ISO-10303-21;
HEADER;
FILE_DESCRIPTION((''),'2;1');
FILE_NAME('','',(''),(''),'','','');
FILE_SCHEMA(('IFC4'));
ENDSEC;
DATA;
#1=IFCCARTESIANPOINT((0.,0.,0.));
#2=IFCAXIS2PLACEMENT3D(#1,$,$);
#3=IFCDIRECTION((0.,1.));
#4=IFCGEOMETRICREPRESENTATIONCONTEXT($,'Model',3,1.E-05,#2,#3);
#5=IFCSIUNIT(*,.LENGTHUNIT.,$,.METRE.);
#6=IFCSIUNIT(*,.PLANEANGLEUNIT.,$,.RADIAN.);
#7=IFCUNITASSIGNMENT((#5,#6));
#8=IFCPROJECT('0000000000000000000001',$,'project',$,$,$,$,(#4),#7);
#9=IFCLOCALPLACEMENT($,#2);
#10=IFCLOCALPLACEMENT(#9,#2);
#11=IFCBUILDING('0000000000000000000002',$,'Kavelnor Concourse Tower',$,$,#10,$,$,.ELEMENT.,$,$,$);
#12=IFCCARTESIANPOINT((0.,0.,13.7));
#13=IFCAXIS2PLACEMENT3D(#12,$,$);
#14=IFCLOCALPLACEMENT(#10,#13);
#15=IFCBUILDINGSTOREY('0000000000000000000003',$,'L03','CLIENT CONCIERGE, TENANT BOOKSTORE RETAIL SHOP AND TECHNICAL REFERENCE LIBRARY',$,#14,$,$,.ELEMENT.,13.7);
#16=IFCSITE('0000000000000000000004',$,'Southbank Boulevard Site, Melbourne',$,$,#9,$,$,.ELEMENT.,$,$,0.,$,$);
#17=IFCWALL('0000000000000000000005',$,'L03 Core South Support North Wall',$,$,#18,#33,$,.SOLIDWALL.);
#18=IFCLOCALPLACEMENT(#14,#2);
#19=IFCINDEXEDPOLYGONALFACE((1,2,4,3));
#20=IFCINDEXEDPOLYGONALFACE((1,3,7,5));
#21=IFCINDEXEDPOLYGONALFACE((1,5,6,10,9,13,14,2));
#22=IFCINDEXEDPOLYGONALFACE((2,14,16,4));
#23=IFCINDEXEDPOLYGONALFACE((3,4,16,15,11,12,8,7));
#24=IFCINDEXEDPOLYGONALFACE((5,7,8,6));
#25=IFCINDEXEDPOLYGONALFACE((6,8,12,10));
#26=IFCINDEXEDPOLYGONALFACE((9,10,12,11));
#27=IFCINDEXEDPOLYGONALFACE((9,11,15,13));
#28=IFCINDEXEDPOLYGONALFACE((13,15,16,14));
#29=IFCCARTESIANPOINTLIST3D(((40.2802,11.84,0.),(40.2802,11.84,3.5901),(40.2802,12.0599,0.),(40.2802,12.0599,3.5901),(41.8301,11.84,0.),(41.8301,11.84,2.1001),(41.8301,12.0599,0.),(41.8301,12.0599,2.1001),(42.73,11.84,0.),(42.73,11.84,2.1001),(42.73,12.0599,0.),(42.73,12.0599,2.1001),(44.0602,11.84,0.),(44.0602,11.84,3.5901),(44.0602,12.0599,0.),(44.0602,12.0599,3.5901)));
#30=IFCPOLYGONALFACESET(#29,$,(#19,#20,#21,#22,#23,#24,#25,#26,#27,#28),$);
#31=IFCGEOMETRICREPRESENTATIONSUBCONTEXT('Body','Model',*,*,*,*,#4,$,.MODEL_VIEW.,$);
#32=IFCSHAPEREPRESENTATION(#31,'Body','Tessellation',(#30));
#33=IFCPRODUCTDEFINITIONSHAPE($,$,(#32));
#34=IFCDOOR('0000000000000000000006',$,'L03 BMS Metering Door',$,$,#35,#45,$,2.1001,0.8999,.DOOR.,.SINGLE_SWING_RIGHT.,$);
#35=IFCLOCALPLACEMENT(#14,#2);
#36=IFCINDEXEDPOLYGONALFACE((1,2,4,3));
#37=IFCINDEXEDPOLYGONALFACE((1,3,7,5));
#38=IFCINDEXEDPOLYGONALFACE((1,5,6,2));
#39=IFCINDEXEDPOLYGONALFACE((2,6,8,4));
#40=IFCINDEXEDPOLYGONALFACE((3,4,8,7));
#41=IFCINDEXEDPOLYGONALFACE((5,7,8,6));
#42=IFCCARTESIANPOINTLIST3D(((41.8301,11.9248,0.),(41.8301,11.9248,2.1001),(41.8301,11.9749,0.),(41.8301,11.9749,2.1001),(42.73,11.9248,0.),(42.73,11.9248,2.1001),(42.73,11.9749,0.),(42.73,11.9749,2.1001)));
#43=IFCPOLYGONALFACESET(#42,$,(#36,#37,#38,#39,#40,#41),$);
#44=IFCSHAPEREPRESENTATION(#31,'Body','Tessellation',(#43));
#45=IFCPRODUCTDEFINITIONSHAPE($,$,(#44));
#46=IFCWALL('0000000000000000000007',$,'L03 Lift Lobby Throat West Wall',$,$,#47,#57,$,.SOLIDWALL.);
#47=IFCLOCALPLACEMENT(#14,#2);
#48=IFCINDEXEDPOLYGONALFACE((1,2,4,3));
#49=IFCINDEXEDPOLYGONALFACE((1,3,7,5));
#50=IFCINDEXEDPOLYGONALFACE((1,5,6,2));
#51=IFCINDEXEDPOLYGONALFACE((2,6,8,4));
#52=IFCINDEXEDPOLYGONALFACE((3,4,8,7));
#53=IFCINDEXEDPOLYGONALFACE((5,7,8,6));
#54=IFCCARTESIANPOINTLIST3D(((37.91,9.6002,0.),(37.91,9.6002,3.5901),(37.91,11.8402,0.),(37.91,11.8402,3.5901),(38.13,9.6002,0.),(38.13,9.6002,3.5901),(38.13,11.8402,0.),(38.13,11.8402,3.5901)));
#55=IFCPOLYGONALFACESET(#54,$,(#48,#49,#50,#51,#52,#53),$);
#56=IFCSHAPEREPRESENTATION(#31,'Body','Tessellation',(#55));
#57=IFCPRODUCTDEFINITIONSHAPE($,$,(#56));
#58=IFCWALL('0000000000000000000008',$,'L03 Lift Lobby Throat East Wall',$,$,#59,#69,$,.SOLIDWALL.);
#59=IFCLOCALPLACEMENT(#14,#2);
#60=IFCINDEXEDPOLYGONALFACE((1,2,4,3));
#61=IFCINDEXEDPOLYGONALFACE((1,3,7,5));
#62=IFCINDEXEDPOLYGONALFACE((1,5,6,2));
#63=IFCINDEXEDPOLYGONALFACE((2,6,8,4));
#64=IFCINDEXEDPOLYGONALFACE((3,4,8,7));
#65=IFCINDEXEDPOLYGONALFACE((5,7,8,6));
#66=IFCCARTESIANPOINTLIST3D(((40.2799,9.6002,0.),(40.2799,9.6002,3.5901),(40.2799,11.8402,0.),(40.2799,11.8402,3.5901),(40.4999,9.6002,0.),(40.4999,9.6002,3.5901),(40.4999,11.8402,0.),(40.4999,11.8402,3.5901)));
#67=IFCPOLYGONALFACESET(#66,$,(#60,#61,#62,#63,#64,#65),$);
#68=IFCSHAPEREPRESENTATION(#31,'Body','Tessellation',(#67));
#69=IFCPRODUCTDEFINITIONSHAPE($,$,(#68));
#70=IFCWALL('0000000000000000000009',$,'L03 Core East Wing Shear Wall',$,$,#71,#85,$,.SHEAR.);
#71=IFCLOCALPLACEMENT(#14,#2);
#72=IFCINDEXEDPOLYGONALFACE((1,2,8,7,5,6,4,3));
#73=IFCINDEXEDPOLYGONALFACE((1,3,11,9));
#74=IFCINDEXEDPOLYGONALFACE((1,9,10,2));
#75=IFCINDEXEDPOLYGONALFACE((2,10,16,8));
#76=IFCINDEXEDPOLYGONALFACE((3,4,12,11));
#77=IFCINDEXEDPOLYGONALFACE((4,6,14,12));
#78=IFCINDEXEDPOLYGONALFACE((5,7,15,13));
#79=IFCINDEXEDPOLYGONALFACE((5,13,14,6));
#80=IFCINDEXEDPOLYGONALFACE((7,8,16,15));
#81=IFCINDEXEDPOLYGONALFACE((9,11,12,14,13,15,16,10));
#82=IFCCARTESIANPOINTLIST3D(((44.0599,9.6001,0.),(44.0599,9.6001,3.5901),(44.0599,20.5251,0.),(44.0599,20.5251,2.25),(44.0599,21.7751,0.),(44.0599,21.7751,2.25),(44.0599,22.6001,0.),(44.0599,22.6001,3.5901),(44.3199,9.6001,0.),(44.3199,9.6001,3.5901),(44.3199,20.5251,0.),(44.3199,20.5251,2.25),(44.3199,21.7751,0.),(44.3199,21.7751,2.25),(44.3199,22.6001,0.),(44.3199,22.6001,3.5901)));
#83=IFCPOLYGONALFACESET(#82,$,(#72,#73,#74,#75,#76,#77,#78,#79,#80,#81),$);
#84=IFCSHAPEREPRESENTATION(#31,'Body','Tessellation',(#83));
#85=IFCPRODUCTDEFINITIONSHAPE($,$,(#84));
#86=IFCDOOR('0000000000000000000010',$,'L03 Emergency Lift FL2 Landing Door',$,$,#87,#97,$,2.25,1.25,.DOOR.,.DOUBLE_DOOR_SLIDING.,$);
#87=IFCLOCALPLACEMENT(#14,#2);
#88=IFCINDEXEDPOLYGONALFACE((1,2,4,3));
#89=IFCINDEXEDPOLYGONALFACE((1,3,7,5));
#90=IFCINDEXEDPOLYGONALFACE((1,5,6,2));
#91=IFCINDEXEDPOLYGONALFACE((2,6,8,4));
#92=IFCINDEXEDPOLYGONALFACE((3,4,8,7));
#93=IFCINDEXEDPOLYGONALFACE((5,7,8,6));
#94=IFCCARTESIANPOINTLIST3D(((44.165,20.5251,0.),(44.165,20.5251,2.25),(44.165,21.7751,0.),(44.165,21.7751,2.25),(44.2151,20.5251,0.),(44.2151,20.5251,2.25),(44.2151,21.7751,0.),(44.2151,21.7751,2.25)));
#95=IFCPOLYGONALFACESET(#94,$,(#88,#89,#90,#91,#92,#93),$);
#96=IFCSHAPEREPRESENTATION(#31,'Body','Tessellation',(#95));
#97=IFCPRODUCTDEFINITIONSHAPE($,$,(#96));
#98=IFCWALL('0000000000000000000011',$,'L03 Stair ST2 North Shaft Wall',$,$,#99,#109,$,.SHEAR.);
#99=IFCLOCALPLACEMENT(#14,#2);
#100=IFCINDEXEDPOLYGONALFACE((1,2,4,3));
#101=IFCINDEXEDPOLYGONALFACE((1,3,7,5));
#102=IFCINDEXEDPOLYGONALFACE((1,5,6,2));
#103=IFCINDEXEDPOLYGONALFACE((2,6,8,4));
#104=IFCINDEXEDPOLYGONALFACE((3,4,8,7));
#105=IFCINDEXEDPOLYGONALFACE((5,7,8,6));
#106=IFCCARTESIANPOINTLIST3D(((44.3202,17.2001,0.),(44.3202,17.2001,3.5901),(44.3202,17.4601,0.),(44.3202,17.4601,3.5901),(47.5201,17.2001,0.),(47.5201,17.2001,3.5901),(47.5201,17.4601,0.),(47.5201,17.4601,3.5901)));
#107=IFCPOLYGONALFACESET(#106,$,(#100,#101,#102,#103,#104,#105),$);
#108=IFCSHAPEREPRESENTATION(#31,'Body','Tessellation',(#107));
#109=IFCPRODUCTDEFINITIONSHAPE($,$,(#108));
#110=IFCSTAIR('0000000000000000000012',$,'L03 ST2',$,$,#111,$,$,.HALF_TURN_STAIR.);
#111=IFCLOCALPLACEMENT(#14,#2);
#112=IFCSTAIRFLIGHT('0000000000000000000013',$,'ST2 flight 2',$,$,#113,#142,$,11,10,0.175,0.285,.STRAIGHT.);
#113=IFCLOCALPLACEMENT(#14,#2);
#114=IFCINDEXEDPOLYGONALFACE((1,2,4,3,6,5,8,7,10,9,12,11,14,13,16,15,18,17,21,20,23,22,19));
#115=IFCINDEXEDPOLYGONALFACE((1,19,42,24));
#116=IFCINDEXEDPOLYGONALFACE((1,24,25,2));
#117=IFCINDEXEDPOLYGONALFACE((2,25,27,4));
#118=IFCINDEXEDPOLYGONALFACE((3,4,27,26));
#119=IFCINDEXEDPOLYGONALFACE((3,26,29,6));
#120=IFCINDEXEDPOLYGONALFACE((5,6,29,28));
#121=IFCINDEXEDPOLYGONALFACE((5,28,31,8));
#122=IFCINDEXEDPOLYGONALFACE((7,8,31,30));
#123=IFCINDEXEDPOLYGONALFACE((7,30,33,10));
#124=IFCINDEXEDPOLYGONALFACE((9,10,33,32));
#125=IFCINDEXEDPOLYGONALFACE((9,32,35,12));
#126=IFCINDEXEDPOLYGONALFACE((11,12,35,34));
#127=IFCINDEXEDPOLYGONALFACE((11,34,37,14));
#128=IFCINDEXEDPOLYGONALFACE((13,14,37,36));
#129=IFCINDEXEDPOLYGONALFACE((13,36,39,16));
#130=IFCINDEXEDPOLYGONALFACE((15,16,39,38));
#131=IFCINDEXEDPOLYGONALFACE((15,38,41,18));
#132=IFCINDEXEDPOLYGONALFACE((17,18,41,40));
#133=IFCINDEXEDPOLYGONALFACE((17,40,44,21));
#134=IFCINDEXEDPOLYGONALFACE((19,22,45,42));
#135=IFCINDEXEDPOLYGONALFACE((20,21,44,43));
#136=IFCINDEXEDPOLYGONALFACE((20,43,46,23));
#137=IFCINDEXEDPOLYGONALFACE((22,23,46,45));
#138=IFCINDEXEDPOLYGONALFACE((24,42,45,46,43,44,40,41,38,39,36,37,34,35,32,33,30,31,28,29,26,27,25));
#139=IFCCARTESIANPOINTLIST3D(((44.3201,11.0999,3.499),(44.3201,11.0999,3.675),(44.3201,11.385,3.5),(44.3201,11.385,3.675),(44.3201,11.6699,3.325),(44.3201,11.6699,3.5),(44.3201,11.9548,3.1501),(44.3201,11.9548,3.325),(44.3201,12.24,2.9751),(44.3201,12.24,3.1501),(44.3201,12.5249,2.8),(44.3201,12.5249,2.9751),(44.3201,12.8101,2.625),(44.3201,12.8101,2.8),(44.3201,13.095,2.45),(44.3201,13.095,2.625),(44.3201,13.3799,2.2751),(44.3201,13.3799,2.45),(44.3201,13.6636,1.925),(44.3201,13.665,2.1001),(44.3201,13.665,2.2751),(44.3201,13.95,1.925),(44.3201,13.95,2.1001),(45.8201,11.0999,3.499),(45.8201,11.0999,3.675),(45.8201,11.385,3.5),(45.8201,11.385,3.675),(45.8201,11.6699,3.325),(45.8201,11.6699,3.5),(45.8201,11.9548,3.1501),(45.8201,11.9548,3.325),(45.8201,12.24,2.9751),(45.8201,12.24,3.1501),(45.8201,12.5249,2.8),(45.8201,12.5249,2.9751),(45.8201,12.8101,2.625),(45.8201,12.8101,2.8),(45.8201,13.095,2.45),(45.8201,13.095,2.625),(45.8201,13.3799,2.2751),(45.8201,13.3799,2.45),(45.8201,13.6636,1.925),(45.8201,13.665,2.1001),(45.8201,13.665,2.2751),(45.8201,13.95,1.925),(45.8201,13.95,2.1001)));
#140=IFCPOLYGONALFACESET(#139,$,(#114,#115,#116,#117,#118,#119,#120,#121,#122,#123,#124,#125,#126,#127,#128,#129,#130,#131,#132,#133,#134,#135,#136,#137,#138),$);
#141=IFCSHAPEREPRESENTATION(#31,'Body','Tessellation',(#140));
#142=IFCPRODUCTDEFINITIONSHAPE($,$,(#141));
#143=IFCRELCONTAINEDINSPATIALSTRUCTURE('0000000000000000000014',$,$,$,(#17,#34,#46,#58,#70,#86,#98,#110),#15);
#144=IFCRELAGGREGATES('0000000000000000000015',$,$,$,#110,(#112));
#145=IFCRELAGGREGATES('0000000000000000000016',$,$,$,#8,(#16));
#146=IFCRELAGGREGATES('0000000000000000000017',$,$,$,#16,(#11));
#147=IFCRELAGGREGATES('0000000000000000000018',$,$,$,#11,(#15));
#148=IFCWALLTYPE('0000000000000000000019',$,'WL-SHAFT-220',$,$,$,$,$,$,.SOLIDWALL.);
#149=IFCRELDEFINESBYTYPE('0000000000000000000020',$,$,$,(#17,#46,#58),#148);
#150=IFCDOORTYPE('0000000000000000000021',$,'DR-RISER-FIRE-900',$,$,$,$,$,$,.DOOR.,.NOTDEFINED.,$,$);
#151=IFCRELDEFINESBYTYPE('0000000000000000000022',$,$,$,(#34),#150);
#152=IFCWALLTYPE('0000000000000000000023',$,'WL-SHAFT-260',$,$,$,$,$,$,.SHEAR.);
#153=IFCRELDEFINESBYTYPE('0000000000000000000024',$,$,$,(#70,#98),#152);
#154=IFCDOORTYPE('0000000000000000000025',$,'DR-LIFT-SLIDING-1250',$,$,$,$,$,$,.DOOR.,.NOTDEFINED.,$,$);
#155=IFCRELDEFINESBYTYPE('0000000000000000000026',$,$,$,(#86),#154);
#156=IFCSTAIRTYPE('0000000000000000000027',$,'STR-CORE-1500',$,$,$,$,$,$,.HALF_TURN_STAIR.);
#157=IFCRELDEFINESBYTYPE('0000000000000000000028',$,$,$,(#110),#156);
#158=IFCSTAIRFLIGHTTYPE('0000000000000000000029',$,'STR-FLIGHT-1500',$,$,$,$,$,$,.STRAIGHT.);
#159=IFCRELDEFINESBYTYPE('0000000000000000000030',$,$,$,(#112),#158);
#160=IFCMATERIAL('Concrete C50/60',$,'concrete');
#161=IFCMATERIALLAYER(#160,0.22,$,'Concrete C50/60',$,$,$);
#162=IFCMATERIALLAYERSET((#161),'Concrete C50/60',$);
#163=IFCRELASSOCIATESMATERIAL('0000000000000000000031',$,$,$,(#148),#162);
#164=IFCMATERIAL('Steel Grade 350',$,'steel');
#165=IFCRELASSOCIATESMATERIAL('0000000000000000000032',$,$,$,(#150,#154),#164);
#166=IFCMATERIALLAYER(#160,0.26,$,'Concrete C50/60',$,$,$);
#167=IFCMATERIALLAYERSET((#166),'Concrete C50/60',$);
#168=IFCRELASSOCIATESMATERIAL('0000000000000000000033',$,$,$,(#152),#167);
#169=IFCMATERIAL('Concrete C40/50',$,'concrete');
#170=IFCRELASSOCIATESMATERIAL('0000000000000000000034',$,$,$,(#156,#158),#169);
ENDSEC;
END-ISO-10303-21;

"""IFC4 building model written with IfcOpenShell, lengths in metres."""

from ifc_helpers import new_model, si_unit, direction, frame, frame_2d, origin, place, context, subcontext, project, spatial, polyline, rectangle, outline, extrude, material, layer, layer_set, type_object, element, fill, aggregate, save


model = new_model("IFC4")

# Units and contexts
model_context = context("Model", 3, precision=1e-05, world=origin(), true_north=direction((0.0, 1.0)))
body_context = subcontext(model_context, "Body", "Model", "MODEL_VIEW")
ifc_project = project(units=[si_unit("LENGTHUNIT", "METRE"), si_unit("PLANEANGLEUNIT", "RADIAN")], contexts=[model_context])

# Site, building, storey
site_placement = place(None, origin())
site = spatial("IfcSite", under=ifc_project, at=site_placement, Name="Southbank Boulevard Site, Melbourne", CompositionType="ELEMENT", RefElevation=0.0)
building_placement = place(site_placement, origin())
building = spatial("IfcBuilding", under=site, at=building_placement, Name="Kavelnor Concourse Tower", CompositionType="ELEMENT")
storey_placement = place(building_placement, frame((0.0, 0.0, 13.7)))
storey = spatial("IfcBuildingStorey", under=building, at=storey_placement, Name="L03", Description="CLIENT CONCIERGE, TENANT BOOKSTORE RETAIL SHOP AND TECHNICAL REFERENCE LIBRARY", CompositionType="ELEMENT", Elevation=13.7)

# Shared definitions
ifc_material_1 = material(Name="Steel Grade 350", Category="steel")

# Shared definitions
ifc_material_2 = material(Name="Concrete C50/60", Category="concrete")
ifc_layer_1 = layer(ifc_material_2, 0.22, Name="Concrete C50/60")
ifc_layer_set_1 = layer_set([ifc_layer_1], Name="Concrete C50/60")
wall_type_1 = type_object("IfcWallType", Name="WL-SHAFT-220", PredefinedType="SOLIDWALL", material=ifc_layer_set_1)

# Wall, opening, door
wall_1_placement = place(storey_placement, frame((40.28, 11.95, 0.0), z_axis=(0.0, 0.0, 1.0), x_axis=(1.0, 0.0, 0.0)))
wall_1 = element("IfcWall", 1, at=wall_1_placement, inside=storey, type_object=wall_type_1, Name="L03 Core South Support North Wall", PredefinedType="SOLIDWALL", context=body_context, shape_type="SweptSolid", body=[
    extrude(rectangle(XDim=3.78, YDim=0.22, at=frame_2d((1.8901, 0.0))), origin(), (0.0, 0.0, 1.0), 3.5901),
])
opening_1_placement = place(wall_1_placement, frame((1.55, 0.0, 0.0)))
opening_1 = element("IfcOpeningElement", 2, at=opening_1_placement, cuts=wall_1, PredefinedType="OPENING", context=body_context, shape_type="SweptSolid", body=[
    extrude(rectangle(XDim=0.8999, YDim=2.1001, at=frame_2d((0.45, 1.05))), frame((0.0, 0.1201, 0.0), z_axis=(0.0, -1.0, 0.0), x_axis=(1.0, 0.0, 0.0)), (0.0, 0.0, 1.0), 0.24),
])
door_type_1 = type_object("IfcDoorType", Name="DR-RISER-FIRE-900", OperationType="NOTDEFINED", PredefinedType="DOOR", material=ifc_material_1)
door_1_placement = place(opening_1_placement, origin())
door_1 = element("IfcDoor", 3, at=door_1_placement, inside=storey, type_object=door_type_1, Name="L03 BMS Metering Door", OperationType="SINGLE_SWING_RIGHT", OverallHeight=2.1001, OverallWidth=0.8999, PredefinedType="DOOR", context=body_context, shape_type="SweptSolid", body=[
    extrude(rectangle(XDim=0.8999, YDim=2.1001, at=frame_2d((0.45, 1.05))), frame((0.0, 0.0249, 0.0), z_axis=(0.0, -1.0, 0.0), x_axis=(1.0, 0.0, 0.0)), (0.0, 0.0, 1.0), 0.05),
])
fill(opening_1, door_1)

# Walls
for number, where, z_axis, x_axis, name in (
    (4, (38.02, 9.6001, 0.0), (0.0, 0.0, 1.0), (0.0, 1.0, 0.0), "L03 Lift Lobby Throat West Wall"),
    (5, (40.3899, 9.6001, 0.0), (0.0, 0.0, 1.0), (0.0, 1.0, 0.0), "L03 Lift Lobby Throat East Wall"),
):
    element("IfcWall", number, at=place(storey_placement, frame(where, z_axis=z_axis, x_axis=x_axis)), inside=storey, type_object=wall_type_1, Name=name, PredefinedType="SOLIDWALL", context=body_context, shape_type="SweptSolid", body=[
        extrude(rectangle(XDim=2.24, YDim=0.22, at=frame_2d((1.1201, 0.0))), origin(), (0.0, 0.0, 1.0), 3.5901),
    ])

# Wall, opening, door
ifc_layer_2 = layer(ifc_material_2, 0.26, Name="Concrete C50/60")
ifc_layer_set_2 = layer_set([ifc_layer_2], Name="Concrete C50/60")
wall_type_2 = type_object("IfcWallType", Name="WL-SHAFT-260", PredefinedType="SHEAR", material=ifc_layer_set_2)
wall_2_placement = place(storey_placement, frame((44.1899, 9.6001, 0.0), z_axis=(0.0, 0.0, 1.0), x_axis=(0.0, 1.0, 0.0)))
wall_2 = element("IfcWall", 6, at=wall_2_placement, inside=storey, type_object=wall_type_2, Name="L03 Core East Wing Shear Wall", PredefinedType="SHEAR", context=body_context, shape_type="SweptSolid", body=[
    extrude(rectangle(XDim=13.0, YDim=0.26, at=frame_2d((6.5, 0.0))), origin(), (0.0, 0.0, 1.0), 3.5901),
])
opening_2_placement = place(wall_2_placement, frame((10.925, 0.0, 0.0)))
opening_2 = element("IfcOpeningElement", 7, at=opening_2_placement, cuts=wall_2, PredefinedType="OPENING", context=body_context, shape_type="SweptSolid", body=[
    extrude(rectangle(XDim=1.25, YDim=2.25, at=frame_2d((0.625, 1.125))), frame((0.0, 0.1401, 0.0), z_axis=(0.0, -1.0, 0.0), x_axis=(1.0, 0.0, 0.0)), (0.0, 0.0, 1.0), 0.28),
])
door_type_2 = type_object("IfcDoorType", Name="DR-LIFT-SLIDING-1250", OperationType="NOTDEFINED", PredefinedType="DOOR", material=ifc_material_1)
door_2_placement = place(opening_2_placement, origin())
door_2 = element("IfcDoor", 8, at=door_2_placement, inside=storey, type_object=door_type_2, Name="L03 Emergency Lift FL2 Landing Door", OperationType="DOUBLE_DOOR_SLIDING", OverallHeight=2.25, OverallWidth=1.25, PredefinedType="DOOR", context=body_context, shape_type="SweptSolid", body=[
    extrude(rectangle(XDim=1.25, YDim=2.25, at=frame_2d((0.625, 1.125))), frame((0.0, 0.0249, 0.0), z_axis=(0.0, -1.0, 0.0), x_axis=(1.0, 0.0, 0.0)), (0.0, 0.0, 1.0), 0.05),
])
fill(opening_2, door_2)

# Wall
wall_3_placement = place(storey_placement, frame((44.3201, 17.3301, 0.0), z_axis=(0.0, 0.0, 1.0), x_axis=(1.0, 0.0, 0.0)))
element("IfcWall", 9, at=wall_3_placement, inside=storey, type_object=wall_type_2, Name="L03 Stair ST2 North Shaft Wall", PredefinedType="SHEAR", context=body_context, shape_type="SweptSolid", body=[
    extrude(rectangle(XDim=3.2, YDim=0.26, at=frame_2d((1.6001, 0.0))), origin(), (0.0, 0.0, 1.0), 3.5901),
])

# Stair, stair flight
ifc_material_3 = material(Name="Concrete C40/50", Category="concrete")
stair_type = type_object("IfcStairType", Name="STR-CORE-1500", PredefinedType="HALF_TURN_STAIR", material=ifc_material_3)
stair_placement = place(storey_placement, origin())
stair = element("IfcStair", 10, at=stair_placement, inside=storey, type_object=stair_type, Name="L03 ST2", PredefinedType="HALF_TURN_STAIR")
stair_flight_type = type_object("IfcStairFlightType", Name="STR-FLIGHT-1500", PredefinedType="STRAIGHT", material=ifc_material_3)
stair_flight_placement = place(storey_placement, frame((45.0701, 13.95, 1.925), z_axis=(0.0, 0.0, 1.0), x_axis=(0.0, -1.0, 0.0)))
stair_flight = element("IfcStairFlight", 11, at=stair_flight_placement, type_object=stair_flight_type, Name="ST2 flight 2", NumberOfRisers=11, NumberOfTreads=10, PredefinedType="STRAIGHT", RiserHeight=0.175, TreadLength=0.285, context=body_context, shape_type="SweptSolid", body=[
    extrude(outline(polyline([(0.0, 0.0), (0.0, 0.175), (0.2849, 0.175), (0.2849, 0.3501), (0.5701, 0.3501), (0.5701, 0.5249), (0.855, 0.5249), (0.855, 0.7), (1.1399, 0.7), (1.1399, 0.875), (1.425, 0.875), (1.425, 1.05), (1.71, 1.05), (1.71, 1.2251), (1.9951, 1.2251), (1.9951, 1.3999), (2.28, 1.3999), (2.28, 1.575), (2.5649, 1.575), (2.5649, 1.75), (2.8501, 1.75), (2.8501, 1.925), (2.8501, 1.574), (0.2864, 0.0), (0.0, 0.0)])), frame((0.0, 0.75, 0.0), z_axis=(0.0, -1.0, 0.0), x_axis=(1.0, 0.0, 0.0)), (0.0, 0.0, 1.0), 1.5),
])
aggregate(stair, [stair_flight])

save(model, "model.ifc")
